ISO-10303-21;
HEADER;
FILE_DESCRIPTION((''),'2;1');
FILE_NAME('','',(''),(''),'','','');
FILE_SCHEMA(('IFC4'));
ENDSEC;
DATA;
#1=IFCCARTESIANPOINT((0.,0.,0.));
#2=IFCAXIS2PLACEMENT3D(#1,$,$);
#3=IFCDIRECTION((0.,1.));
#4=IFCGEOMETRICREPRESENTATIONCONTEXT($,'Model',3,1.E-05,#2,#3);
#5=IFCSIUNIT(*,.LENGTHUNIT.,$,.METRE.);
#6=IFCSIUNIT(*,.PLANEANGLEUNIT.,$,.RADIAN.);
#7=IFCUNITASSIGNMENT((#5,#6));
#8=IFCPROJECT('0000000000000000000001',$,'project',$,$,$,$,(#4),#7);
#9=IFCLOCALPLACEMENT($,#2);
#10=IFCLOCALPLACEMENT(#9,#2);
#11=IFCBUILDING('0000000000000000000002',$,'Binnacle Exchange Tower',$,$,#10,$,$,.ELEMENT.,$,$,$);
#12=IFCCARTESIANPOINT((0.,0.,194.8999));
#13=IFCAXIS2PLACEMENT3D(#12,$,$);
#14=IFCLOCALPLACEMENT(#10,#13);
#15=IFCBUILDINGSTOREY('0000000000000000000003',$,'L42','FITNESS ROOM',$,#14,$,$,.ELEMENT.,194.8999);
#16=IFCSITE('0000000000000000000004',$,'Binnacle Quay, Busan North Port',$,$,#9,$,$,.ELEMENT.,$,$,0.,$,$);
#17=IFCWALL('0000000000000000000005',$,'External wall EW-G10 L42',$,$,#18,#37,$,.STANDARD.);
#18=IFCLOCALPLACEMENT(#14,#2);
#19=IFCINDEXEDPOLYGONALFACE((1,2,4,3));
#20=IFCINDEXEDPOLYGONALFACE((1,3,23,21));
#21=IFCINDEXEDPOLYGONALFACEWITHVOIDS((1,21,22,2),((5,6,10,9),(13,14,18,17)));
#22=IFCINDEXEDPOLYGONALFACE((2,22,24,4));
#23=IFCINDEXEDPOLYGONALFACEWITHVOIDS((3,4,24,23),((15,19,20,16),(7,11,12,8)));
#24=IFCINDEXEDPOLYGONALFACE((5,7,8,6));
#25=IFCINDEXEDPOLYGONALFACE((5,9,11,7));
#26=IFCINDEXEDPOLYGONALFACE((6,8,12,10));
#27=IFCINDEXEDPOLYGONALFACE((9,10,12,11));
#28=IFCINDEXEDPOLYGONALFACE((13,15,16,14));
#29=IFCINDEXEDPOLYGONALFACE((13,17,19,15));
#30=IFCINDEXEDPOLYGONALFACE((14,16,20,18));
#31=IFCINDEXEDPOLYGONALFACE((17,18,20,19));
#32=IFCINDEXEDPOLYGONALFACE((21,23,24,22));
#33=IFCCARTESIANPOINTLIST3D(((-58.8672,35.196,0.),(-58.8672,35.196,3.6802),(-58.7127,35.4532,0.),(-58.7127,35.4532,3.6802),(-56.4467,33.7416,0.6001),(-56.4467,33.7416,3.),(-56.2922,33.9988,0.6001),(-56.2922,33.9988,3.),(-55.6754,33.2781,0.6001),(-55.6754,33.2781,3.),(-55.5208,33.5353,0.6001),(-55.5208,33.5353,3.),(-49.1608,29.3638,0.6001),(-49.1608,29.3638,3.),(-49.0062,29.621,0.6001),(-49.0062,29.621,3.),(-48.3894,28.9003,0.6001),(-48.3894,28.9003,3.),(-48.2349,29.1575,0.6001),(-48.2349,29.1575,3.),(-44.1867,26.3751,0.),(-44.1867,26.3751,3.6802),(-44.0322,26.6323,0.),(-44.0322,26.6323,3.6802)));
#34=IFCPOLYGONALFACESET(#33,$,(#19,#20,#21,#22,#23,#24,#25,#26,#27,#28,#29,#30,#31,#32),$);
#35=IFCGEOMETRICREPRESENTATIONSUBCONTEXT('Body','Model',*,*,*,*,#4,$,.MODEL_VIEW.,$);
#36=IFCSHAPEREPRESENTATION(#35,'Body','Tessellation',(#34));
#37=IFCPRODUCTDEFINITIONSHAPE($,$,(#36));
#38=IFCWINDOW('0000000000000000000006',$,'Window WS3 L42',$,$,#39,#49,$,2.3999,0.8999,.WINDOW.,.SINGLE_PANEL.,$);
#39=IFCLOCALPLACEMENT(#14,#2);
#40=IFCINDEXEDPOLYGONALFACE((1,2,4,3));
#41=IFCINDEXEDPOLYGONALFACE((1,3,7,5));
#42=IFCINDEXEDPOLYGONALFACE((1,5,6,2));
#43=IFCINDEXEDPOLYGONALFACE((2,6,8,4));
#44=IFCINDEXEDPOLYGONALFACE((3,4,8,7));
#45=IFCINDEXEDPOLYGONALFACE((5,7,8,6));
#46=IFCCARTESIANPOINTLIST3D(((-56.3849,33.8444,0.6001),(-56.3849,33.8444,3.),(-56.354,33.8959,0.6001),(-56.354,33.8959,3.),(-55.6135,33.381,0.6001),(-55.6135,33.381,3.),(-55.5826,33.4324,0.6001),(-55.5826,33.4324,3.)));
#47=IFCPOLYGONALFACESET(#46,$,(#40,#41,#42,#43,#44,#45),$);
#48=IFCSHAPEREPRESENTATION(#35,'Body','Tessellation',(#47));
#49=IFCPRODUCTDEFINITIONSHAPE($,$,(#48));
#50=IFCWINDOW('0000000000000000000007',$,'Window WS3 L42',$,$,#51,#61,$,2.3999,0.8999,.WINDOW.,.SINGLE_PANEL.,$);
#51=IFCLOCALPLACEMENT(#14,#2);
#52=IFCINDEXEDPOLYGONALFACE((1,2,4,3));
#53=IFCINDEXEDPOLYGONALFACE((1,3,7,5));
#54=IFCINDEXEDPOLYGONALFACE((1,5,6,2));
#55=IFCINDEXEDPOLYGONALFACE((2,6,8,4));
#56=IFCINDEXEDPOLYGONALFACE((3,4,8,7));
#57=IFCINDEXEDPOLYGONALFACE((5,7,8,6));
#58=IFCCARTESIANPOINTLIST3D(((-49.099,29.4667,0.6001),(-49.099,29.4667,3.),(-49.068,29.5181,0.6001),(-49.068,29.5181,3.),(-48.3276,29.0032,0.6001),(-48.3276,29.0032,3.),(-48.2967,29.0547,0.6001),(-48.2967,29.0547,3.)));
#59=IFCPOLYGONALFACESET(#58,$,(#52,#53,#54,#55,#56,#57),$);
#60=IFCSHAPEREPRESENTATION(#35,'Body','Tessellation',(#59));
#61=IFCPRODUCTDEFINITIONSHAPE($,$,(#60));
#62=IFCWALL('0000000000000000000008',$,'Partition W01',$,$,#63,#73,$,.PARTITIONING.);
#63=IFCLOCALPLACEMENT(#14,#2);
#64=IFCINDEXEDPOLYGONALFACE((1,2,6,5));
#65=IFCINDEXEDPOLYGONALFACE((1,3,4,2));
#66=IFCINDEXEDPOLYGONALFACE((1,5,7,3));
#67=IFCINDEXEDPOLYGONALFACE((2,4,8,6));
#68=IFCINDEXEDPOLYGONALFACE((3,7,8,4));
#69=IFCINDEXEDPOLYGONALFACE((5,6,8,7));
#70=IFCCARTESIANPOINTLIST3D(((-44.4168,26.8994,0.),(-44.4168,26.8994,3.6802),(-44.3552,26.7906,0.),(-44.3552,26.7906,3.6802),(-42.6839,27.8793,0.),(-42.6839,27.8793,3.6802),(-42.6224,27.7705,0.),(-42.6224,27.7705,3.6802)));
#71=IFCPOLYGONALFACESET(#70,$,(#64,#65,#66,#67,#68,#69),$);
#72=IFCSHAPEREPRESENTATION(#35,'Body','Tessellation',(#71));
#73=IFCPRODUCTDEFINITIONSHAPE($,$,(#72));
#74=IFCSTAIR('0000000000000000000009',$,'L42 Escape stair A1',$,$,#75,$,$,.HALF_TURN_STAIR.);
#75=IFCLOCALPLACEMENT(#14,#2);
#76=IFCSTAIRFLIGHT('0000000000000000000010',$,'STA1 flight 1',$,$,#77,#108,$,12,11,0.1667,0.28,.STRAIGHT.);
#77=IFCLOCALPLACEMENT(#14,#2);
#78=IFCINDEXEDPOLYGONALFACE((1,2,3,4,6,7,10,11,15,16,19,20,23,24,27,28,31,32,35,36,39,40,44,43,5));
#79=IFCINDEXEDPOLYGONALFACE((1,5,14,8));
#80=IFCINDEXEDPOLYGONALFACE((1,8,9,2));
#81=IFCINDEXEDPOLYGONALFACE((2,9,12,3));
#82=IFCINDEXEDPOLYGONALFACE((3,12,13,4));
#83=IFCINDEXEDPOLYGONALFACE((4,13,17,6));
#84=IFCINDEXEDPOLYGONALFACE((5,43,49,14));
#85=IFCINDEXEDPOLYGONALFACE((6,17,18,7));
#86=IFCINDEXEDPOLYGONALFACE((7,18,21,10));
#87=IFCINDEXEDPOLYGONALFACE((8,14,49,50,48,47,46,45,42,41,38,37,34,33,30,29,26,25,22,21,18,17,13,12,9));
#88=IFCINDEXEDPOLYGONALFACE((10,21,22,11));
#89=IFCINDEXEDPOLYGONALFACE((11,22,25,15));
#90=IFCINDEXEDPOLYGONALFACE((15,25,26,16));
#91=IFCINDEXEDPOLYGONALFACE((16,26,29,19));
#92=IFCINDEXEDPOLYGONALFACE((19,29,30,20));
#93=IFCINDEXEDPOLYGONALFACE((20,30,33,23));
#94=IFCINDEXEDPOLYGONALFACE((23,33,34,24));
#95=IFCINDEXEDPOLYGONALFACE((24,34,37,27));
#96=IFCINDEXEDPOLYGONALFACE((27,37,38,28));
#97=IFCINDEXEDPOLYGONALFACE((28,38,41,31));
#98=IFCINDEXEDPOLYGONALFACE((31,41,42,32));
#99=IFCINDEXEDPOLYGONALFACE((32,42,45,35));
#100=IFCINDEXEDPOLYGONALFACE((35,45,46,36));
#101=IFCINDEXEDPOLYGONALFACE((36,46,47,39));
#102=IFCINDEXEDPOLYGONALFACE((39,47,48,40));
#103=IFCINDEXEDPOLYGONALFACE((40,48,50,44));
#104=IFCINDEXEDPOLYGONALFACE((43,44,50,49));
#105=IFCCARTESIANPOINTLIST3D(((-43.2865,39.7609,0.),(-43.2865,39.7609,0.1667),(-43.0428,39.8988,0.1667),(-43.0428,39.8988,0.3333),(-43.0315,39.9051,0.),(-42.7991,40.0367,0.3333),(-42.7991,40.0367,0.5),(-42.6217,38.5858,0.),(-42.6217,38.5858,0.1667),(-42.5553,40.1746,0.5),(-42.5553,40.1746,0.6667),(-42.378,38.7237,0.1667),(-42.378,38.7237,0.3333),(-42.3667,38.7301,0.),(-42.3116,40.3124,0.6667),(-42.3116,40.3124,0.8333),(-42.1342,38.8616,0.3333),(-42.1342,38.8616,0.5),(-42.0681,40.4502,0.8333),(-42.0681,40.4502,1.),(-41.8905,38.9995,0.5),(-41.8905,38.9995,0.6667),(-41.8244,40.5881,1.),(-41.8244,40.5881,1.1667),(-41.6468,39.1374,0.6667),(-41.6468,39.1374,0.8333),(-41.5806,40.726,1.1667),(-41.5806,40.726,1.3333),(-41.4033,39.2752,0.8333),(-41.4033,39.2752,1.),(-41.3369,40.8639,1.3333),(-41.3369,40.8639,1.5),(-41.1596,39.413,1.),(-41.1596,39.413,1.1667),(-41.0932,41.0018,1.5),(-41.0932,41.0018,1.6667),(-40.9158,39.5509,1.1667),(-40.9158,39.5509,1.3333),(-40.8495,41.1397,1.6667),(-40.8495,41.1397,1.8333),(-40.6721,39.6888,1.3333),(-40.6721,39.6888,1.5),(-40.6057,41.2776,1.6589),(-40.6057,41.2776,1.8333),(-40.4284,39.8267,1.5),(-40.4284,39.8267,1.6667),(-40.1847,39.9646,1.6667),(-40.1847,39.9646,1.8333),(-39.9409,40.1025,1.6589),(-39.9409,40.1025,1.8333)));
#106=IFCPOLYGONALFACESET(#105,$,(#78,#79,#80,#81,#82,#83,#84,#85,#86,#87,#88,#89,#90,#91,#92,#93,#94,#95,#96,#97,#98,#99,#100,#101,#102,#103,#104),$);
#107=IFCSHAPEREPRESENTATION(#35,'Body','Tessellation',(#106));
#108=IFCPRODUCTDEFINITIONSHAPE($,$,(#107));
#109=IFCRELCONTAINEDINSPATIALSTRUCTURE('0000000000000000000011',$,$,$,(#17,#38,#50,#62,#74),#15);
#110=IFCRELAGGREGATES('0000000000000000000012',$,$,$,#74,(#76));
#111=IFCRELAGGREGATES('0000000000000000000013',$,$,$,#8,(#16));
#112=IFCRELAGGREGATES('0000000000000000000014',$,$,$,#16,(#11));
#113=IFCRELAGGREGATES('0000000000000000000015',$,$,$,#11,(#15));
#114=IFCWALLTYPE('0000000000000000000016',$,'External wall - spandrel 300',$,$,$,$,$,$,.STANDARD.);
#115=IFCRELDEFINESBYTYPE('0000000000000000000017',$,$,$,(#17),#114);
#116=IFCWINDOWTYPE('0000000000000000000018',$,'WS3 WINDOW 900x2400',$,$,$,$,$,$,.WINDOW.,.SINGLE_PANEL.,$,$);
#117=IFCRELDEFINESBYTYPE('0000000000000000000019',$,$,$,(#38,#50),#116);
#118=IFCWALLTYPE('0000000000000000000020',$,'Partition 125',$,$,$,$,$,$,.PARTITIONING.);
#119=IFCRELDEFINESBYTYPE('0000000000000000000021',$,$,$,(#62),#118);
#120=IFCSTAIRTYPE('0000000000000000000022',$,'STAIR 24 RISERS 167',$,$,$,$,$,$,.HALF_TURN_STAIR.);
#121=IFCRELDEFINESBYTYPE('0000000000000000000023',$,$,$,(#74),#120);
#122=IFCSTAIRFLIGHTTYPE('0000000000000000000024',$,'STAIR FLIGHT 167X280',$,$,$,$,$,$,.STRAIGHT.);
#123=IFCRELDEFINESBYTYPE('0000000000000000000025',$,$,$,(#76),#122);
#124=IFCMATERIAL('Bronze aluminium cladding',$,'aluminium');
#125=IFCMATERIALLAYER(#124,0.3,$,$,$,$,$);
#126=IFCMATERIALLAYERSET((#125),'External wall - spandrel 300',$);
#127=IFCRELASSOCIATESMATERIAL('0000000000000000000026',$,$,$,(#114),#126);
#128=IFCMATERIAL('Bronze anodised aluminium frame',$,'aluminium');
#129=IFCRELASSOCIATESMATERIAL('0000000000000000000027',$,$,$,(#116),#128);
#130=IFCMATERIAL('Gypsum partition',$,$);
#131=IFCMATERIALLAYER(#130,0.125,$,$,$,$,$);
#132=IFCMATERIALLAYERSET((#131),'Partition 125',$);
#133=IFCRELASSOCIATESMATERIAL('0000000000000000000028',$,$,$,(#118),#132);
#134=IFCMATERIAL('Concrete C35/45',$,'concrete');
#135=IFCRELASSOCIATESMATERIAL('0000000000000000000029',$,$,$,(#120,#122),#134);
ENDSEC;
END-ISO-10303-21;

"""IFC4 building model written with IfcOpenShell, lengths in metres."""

from ifc_helpers import new_model, si_unit, direction, frame, frame_2d, origin, place, context, subcontext, project, spatial, polyline, rectangle, outline, extrude, material, layer, layer_set, type_object, element, fill, aggregate, save


model = new_model("IFC4")

# Units and contexts
model_context = context("Model", 3, precision=1e-05, world=origin(), true_north=direction((0.0, 1.0)))
body_context = subcontext(model_context, "Body", "Model", "MODEL_VIEW")
ifc_project = project(units=[si_unit("LENGTHUNIT", "METRE"), si_unit("PLANEANGLEUNIT", "RADIAN")], contexts=[model_context])

# Site, building, storey
site_placement = place(None, origin())
site = spatial("IfcSite", under=ifc_project, at=site_placement, Name="Binnacle Quay, Busan North Port", CompositionType="ELEMENT", RefElevation=0.0)
building_placement = place(site_placement, origin())
building = spatial("IfcBuilding", under=site, at=building_placement, Name="Binnacle Exchange Tower", CompositionType="ELEMENT")
storey_placement = place(building_placement, frame((0.0, 0.0, 194.8999)))
storey = spatial("IfcBuildingStorey", under=building, at=storey_placement, Name="L42", Description="FITNESS ROOM", CompositionType="ELEMENT", Elevation=194.8999)

# Shared definitions
ifc_material_1 = material(Name="Bronze aluminium cladding", Category="aluminium")
ifc_layer_1 = layer(ifc_material_1, 0.3)
ifc_layer_set_1 = layer_set([ifc_layer_1], Name="External wall - spandrel 300")
wall_type_1 = type_object("IfcWallType", Name="External wall - spandrel 300", PredefinedType="STANDARD", material=ifc_layer_set_1)
ifc_material_2 = material(Name="Bronze anodised aluminium frame", Category="aluminium")
window_type = type_object("IfcWindowType", Name="WS3 WINDOW 900x2400", PartitioningType="SINGLE_PANEL", PredefinedType="WINDOW", material=ifc_material_2)

# Wall, openings, windows
wall_1_placement = place(storey_placement, frame((-44.1094, 26.5037, 0.0), z_axis=(0.0, 0.0, 1.0), x_axis=(-0.85717, 0.515034, 0.0)))
wall_1 = element("IfcWall", 1, at=wall_1_placement, inside=storey, type_object=wall_type_1, Name="External wall EW-G10 L42", PredefinedType="STANDARD", context=body_context, shape_type="SweptSolid", body=[
    extrude(rectangle(XDim=17.1267, YDim=0.3, at=frame_2d((8.5635, 0.0))), origin(), (0.0, 0.0, 1.0), 3.6802),
])
opening_1_placement = place(wall_1_placement, frame((13.4031, 0.0, 0.6001)))
opening_1 = element("IfcOpeningElement", 2, at=opening_1_placement, cuts=wall_1, PredefinedType="OPENING", context=body_context, shape_type="SweptSolid", body=[
    extrude(rectangle(XDim=0.8999, YDim=2.3999, at=frame_2d((0.45, 1.2))), frame((0.0, 0.1599, 0.0), z_axis=(0.0, -1.0, 0.0), x_axis=(1.0, 0.0, 0.0)), (0.0, 0.0, 1.0), 0.3201),
])
opening_2_placement = place(wall_1_placement, frame((4.9031, 0.0, 0.6001)))
opening_2 = element("IfcOpeningElement", 3, at=opening_2_placement, cuts=wall_1, PredefinedType="OPENING", context=body_context, shape_type="SweptSolid", body=[
    extrude(rectangle(XDim=0.8999, YDim=2.3999, at=frame_2d((0.45, 1.2))), frame((0.0, 0.1599, 0.0), z_axis=(0.0, -1.0, 0.0), x_axis=(1.0, 0.0, 0.0)), (0.0, 0.0, 1.0), 0.3201),
])
window_1_placement = place(opening_1_placement, origin())
window_1 = element("IfcWindow", 4, at=window_1_placement, inside=storey, type_object=window_type, Name="Window WS3 L42", OverallHeight=2.3999, OverallWidth=0.8999, PartitioningType="SINGLE_PANEL", PredefinedType="WINDOW", context=body_context, shape_type="SweptSolid", body=[
    extrude(rectangle(XDim=0.8999, YDim=2.3999, at=frame_2d((0.45, 1.2))), frame((0.0, 0.03, 0.0), z_axis=(0.0, -1.0, 0.0), x_axis=(1.0, 0.0, 0.0)), (0.0, 0.0, 1.0), 0.0601),
])
fill(opening_1, window_1)
window_2_placement = place(opening_2_placement, origin())
window_2 = element("IfcWindow", 5, at=window_2_placement, inside=storey, type_object=window_type, Name="Window WS3 L42", OverallHeight=2.3999, OverallWidth=0.8999, PartitioningType="SINGLE_PANEL", PredefinedType="WINDOW", context=body_context, shape_type="SweptSolid", body=[
    extrude(rectangle(XDim=0.8999, YDim=2.3999, at=frame_2d((0.45, 1.2))), frame((0.0, 0.03, 0.0), z_axis=(0.0, -1.0, 0.0), x_axis=(1.0, 0.0, 0.0)), (0.0, 0.0, 1.0), 0.0601),
])
fill(opening_2, window_2)

# Wall
ifc_material_3 = material(Name="Gypsum partition")
ifc_layer_2 = layer(ifc_material_3, 0.125)
ifc_layer_set_2 = layer_set([ifc_layer_2], Name="Partition 125")
wall_type_2 = type_object("IfcWallType", Name="Partition 125", PredefinedType="PARTITIONING", material=ifc_layer_set_2)
wall_2_placement = place(storey_placement, frame((-44.386, 26.845, 0.0), z_axis=(0.0, 0.0, 1.0), x_axis=(0.870453, 0.492251, 0.0)))
element("IfcWall", 6, at=wall_2_placement, inside=storey, type_object=wall_type_2, Name="Partition W01", PredefinedType="PARTITIONING", context=body_context, shape_type="SweptSolid", body=[
    extrude(rectangle(XDim=1.9907, YDim=0.125, at=frame_2d((0.9954, 0.0))), origin(), (0.0, 0.0, 1.0), 3.6802),
])

# Stair, stair flight
ifc_material_4 = material(Name="Concrete C35/45", Category="concrete")
stair_type = type_object("IfcStairType", Name="STAIR 24 RISERS 167", PredefinedType="HALF_TURN_STAIR", material=ifc_material_4)
stair_placement = place(storey_placement, origin())
stair = element("IfcStair", 7, at=stair_placement, inside=storey, type_object=stair_type, Name="L42 Escape stair A1", PredefinedType="HALF_TURN_STAIR")
stair_flight_type = type_object("IfcStairFlightType", Name="STAIR FLIGHT 167X280", PredefinedType="STRAIGHT", material=ifc_material_4)
stair_flight_placement = place(storey_placement, frame((-42.9541, 39.1733, 0.0), z_axis=(0.0, 0.0, 1.0), x_axis=(0.870356, 0.492424, 0.0)))
stair_flight = element("IfcStairFlight", 8, at=stair_flight_placement, type_object=stair_flight_type, Name="STA1 flight 1", NumberOfRisers=12, NumberOfTreads=11, PredefinedType="STRAIGHT", RiserHeight=0.1667, TreadLength=0.28, context=body_context, shape_type="SweptSolid", body=[
    extrude(outline(polyline([(0.0, 0.0), (0.0, 0.1667), (0.28, 0.1667), (0.28, 0.3333), (0.5601, 0.3333), (0.5601, 0.5), (0.8401, 0.5), (0.8401, 0.6667), (1.1201, 0.6667), (1.1201, 0.8333), (1.3999, 0.8333), (1.3999, 1.0), (1.6799, 1.0), (1.6799, 1.1667), (1.96, 1.1667), (1.96, 1.3333), (2.24, 1.3333), (2.24, 1.5), (2.52, 1.5), (2.52, 1.6667), (2.8, 1.6667), (2.8, 1.8333), (3.0801, 1.8333), (3.0801, 2.0), (3.0801, 1.6589), (0.293, 0.0), (0.0, 0.0)])), frame((0.0, 0.675, 0.0), z_axis=(0.0, -1.0, 0.0), x_axis=(1.0, 0.0, 0.0)), (0.0, 0.0, 1.0), 1.3501),
])
aggregate(stair, [stair_flight])

save(model, "model.ifc")
